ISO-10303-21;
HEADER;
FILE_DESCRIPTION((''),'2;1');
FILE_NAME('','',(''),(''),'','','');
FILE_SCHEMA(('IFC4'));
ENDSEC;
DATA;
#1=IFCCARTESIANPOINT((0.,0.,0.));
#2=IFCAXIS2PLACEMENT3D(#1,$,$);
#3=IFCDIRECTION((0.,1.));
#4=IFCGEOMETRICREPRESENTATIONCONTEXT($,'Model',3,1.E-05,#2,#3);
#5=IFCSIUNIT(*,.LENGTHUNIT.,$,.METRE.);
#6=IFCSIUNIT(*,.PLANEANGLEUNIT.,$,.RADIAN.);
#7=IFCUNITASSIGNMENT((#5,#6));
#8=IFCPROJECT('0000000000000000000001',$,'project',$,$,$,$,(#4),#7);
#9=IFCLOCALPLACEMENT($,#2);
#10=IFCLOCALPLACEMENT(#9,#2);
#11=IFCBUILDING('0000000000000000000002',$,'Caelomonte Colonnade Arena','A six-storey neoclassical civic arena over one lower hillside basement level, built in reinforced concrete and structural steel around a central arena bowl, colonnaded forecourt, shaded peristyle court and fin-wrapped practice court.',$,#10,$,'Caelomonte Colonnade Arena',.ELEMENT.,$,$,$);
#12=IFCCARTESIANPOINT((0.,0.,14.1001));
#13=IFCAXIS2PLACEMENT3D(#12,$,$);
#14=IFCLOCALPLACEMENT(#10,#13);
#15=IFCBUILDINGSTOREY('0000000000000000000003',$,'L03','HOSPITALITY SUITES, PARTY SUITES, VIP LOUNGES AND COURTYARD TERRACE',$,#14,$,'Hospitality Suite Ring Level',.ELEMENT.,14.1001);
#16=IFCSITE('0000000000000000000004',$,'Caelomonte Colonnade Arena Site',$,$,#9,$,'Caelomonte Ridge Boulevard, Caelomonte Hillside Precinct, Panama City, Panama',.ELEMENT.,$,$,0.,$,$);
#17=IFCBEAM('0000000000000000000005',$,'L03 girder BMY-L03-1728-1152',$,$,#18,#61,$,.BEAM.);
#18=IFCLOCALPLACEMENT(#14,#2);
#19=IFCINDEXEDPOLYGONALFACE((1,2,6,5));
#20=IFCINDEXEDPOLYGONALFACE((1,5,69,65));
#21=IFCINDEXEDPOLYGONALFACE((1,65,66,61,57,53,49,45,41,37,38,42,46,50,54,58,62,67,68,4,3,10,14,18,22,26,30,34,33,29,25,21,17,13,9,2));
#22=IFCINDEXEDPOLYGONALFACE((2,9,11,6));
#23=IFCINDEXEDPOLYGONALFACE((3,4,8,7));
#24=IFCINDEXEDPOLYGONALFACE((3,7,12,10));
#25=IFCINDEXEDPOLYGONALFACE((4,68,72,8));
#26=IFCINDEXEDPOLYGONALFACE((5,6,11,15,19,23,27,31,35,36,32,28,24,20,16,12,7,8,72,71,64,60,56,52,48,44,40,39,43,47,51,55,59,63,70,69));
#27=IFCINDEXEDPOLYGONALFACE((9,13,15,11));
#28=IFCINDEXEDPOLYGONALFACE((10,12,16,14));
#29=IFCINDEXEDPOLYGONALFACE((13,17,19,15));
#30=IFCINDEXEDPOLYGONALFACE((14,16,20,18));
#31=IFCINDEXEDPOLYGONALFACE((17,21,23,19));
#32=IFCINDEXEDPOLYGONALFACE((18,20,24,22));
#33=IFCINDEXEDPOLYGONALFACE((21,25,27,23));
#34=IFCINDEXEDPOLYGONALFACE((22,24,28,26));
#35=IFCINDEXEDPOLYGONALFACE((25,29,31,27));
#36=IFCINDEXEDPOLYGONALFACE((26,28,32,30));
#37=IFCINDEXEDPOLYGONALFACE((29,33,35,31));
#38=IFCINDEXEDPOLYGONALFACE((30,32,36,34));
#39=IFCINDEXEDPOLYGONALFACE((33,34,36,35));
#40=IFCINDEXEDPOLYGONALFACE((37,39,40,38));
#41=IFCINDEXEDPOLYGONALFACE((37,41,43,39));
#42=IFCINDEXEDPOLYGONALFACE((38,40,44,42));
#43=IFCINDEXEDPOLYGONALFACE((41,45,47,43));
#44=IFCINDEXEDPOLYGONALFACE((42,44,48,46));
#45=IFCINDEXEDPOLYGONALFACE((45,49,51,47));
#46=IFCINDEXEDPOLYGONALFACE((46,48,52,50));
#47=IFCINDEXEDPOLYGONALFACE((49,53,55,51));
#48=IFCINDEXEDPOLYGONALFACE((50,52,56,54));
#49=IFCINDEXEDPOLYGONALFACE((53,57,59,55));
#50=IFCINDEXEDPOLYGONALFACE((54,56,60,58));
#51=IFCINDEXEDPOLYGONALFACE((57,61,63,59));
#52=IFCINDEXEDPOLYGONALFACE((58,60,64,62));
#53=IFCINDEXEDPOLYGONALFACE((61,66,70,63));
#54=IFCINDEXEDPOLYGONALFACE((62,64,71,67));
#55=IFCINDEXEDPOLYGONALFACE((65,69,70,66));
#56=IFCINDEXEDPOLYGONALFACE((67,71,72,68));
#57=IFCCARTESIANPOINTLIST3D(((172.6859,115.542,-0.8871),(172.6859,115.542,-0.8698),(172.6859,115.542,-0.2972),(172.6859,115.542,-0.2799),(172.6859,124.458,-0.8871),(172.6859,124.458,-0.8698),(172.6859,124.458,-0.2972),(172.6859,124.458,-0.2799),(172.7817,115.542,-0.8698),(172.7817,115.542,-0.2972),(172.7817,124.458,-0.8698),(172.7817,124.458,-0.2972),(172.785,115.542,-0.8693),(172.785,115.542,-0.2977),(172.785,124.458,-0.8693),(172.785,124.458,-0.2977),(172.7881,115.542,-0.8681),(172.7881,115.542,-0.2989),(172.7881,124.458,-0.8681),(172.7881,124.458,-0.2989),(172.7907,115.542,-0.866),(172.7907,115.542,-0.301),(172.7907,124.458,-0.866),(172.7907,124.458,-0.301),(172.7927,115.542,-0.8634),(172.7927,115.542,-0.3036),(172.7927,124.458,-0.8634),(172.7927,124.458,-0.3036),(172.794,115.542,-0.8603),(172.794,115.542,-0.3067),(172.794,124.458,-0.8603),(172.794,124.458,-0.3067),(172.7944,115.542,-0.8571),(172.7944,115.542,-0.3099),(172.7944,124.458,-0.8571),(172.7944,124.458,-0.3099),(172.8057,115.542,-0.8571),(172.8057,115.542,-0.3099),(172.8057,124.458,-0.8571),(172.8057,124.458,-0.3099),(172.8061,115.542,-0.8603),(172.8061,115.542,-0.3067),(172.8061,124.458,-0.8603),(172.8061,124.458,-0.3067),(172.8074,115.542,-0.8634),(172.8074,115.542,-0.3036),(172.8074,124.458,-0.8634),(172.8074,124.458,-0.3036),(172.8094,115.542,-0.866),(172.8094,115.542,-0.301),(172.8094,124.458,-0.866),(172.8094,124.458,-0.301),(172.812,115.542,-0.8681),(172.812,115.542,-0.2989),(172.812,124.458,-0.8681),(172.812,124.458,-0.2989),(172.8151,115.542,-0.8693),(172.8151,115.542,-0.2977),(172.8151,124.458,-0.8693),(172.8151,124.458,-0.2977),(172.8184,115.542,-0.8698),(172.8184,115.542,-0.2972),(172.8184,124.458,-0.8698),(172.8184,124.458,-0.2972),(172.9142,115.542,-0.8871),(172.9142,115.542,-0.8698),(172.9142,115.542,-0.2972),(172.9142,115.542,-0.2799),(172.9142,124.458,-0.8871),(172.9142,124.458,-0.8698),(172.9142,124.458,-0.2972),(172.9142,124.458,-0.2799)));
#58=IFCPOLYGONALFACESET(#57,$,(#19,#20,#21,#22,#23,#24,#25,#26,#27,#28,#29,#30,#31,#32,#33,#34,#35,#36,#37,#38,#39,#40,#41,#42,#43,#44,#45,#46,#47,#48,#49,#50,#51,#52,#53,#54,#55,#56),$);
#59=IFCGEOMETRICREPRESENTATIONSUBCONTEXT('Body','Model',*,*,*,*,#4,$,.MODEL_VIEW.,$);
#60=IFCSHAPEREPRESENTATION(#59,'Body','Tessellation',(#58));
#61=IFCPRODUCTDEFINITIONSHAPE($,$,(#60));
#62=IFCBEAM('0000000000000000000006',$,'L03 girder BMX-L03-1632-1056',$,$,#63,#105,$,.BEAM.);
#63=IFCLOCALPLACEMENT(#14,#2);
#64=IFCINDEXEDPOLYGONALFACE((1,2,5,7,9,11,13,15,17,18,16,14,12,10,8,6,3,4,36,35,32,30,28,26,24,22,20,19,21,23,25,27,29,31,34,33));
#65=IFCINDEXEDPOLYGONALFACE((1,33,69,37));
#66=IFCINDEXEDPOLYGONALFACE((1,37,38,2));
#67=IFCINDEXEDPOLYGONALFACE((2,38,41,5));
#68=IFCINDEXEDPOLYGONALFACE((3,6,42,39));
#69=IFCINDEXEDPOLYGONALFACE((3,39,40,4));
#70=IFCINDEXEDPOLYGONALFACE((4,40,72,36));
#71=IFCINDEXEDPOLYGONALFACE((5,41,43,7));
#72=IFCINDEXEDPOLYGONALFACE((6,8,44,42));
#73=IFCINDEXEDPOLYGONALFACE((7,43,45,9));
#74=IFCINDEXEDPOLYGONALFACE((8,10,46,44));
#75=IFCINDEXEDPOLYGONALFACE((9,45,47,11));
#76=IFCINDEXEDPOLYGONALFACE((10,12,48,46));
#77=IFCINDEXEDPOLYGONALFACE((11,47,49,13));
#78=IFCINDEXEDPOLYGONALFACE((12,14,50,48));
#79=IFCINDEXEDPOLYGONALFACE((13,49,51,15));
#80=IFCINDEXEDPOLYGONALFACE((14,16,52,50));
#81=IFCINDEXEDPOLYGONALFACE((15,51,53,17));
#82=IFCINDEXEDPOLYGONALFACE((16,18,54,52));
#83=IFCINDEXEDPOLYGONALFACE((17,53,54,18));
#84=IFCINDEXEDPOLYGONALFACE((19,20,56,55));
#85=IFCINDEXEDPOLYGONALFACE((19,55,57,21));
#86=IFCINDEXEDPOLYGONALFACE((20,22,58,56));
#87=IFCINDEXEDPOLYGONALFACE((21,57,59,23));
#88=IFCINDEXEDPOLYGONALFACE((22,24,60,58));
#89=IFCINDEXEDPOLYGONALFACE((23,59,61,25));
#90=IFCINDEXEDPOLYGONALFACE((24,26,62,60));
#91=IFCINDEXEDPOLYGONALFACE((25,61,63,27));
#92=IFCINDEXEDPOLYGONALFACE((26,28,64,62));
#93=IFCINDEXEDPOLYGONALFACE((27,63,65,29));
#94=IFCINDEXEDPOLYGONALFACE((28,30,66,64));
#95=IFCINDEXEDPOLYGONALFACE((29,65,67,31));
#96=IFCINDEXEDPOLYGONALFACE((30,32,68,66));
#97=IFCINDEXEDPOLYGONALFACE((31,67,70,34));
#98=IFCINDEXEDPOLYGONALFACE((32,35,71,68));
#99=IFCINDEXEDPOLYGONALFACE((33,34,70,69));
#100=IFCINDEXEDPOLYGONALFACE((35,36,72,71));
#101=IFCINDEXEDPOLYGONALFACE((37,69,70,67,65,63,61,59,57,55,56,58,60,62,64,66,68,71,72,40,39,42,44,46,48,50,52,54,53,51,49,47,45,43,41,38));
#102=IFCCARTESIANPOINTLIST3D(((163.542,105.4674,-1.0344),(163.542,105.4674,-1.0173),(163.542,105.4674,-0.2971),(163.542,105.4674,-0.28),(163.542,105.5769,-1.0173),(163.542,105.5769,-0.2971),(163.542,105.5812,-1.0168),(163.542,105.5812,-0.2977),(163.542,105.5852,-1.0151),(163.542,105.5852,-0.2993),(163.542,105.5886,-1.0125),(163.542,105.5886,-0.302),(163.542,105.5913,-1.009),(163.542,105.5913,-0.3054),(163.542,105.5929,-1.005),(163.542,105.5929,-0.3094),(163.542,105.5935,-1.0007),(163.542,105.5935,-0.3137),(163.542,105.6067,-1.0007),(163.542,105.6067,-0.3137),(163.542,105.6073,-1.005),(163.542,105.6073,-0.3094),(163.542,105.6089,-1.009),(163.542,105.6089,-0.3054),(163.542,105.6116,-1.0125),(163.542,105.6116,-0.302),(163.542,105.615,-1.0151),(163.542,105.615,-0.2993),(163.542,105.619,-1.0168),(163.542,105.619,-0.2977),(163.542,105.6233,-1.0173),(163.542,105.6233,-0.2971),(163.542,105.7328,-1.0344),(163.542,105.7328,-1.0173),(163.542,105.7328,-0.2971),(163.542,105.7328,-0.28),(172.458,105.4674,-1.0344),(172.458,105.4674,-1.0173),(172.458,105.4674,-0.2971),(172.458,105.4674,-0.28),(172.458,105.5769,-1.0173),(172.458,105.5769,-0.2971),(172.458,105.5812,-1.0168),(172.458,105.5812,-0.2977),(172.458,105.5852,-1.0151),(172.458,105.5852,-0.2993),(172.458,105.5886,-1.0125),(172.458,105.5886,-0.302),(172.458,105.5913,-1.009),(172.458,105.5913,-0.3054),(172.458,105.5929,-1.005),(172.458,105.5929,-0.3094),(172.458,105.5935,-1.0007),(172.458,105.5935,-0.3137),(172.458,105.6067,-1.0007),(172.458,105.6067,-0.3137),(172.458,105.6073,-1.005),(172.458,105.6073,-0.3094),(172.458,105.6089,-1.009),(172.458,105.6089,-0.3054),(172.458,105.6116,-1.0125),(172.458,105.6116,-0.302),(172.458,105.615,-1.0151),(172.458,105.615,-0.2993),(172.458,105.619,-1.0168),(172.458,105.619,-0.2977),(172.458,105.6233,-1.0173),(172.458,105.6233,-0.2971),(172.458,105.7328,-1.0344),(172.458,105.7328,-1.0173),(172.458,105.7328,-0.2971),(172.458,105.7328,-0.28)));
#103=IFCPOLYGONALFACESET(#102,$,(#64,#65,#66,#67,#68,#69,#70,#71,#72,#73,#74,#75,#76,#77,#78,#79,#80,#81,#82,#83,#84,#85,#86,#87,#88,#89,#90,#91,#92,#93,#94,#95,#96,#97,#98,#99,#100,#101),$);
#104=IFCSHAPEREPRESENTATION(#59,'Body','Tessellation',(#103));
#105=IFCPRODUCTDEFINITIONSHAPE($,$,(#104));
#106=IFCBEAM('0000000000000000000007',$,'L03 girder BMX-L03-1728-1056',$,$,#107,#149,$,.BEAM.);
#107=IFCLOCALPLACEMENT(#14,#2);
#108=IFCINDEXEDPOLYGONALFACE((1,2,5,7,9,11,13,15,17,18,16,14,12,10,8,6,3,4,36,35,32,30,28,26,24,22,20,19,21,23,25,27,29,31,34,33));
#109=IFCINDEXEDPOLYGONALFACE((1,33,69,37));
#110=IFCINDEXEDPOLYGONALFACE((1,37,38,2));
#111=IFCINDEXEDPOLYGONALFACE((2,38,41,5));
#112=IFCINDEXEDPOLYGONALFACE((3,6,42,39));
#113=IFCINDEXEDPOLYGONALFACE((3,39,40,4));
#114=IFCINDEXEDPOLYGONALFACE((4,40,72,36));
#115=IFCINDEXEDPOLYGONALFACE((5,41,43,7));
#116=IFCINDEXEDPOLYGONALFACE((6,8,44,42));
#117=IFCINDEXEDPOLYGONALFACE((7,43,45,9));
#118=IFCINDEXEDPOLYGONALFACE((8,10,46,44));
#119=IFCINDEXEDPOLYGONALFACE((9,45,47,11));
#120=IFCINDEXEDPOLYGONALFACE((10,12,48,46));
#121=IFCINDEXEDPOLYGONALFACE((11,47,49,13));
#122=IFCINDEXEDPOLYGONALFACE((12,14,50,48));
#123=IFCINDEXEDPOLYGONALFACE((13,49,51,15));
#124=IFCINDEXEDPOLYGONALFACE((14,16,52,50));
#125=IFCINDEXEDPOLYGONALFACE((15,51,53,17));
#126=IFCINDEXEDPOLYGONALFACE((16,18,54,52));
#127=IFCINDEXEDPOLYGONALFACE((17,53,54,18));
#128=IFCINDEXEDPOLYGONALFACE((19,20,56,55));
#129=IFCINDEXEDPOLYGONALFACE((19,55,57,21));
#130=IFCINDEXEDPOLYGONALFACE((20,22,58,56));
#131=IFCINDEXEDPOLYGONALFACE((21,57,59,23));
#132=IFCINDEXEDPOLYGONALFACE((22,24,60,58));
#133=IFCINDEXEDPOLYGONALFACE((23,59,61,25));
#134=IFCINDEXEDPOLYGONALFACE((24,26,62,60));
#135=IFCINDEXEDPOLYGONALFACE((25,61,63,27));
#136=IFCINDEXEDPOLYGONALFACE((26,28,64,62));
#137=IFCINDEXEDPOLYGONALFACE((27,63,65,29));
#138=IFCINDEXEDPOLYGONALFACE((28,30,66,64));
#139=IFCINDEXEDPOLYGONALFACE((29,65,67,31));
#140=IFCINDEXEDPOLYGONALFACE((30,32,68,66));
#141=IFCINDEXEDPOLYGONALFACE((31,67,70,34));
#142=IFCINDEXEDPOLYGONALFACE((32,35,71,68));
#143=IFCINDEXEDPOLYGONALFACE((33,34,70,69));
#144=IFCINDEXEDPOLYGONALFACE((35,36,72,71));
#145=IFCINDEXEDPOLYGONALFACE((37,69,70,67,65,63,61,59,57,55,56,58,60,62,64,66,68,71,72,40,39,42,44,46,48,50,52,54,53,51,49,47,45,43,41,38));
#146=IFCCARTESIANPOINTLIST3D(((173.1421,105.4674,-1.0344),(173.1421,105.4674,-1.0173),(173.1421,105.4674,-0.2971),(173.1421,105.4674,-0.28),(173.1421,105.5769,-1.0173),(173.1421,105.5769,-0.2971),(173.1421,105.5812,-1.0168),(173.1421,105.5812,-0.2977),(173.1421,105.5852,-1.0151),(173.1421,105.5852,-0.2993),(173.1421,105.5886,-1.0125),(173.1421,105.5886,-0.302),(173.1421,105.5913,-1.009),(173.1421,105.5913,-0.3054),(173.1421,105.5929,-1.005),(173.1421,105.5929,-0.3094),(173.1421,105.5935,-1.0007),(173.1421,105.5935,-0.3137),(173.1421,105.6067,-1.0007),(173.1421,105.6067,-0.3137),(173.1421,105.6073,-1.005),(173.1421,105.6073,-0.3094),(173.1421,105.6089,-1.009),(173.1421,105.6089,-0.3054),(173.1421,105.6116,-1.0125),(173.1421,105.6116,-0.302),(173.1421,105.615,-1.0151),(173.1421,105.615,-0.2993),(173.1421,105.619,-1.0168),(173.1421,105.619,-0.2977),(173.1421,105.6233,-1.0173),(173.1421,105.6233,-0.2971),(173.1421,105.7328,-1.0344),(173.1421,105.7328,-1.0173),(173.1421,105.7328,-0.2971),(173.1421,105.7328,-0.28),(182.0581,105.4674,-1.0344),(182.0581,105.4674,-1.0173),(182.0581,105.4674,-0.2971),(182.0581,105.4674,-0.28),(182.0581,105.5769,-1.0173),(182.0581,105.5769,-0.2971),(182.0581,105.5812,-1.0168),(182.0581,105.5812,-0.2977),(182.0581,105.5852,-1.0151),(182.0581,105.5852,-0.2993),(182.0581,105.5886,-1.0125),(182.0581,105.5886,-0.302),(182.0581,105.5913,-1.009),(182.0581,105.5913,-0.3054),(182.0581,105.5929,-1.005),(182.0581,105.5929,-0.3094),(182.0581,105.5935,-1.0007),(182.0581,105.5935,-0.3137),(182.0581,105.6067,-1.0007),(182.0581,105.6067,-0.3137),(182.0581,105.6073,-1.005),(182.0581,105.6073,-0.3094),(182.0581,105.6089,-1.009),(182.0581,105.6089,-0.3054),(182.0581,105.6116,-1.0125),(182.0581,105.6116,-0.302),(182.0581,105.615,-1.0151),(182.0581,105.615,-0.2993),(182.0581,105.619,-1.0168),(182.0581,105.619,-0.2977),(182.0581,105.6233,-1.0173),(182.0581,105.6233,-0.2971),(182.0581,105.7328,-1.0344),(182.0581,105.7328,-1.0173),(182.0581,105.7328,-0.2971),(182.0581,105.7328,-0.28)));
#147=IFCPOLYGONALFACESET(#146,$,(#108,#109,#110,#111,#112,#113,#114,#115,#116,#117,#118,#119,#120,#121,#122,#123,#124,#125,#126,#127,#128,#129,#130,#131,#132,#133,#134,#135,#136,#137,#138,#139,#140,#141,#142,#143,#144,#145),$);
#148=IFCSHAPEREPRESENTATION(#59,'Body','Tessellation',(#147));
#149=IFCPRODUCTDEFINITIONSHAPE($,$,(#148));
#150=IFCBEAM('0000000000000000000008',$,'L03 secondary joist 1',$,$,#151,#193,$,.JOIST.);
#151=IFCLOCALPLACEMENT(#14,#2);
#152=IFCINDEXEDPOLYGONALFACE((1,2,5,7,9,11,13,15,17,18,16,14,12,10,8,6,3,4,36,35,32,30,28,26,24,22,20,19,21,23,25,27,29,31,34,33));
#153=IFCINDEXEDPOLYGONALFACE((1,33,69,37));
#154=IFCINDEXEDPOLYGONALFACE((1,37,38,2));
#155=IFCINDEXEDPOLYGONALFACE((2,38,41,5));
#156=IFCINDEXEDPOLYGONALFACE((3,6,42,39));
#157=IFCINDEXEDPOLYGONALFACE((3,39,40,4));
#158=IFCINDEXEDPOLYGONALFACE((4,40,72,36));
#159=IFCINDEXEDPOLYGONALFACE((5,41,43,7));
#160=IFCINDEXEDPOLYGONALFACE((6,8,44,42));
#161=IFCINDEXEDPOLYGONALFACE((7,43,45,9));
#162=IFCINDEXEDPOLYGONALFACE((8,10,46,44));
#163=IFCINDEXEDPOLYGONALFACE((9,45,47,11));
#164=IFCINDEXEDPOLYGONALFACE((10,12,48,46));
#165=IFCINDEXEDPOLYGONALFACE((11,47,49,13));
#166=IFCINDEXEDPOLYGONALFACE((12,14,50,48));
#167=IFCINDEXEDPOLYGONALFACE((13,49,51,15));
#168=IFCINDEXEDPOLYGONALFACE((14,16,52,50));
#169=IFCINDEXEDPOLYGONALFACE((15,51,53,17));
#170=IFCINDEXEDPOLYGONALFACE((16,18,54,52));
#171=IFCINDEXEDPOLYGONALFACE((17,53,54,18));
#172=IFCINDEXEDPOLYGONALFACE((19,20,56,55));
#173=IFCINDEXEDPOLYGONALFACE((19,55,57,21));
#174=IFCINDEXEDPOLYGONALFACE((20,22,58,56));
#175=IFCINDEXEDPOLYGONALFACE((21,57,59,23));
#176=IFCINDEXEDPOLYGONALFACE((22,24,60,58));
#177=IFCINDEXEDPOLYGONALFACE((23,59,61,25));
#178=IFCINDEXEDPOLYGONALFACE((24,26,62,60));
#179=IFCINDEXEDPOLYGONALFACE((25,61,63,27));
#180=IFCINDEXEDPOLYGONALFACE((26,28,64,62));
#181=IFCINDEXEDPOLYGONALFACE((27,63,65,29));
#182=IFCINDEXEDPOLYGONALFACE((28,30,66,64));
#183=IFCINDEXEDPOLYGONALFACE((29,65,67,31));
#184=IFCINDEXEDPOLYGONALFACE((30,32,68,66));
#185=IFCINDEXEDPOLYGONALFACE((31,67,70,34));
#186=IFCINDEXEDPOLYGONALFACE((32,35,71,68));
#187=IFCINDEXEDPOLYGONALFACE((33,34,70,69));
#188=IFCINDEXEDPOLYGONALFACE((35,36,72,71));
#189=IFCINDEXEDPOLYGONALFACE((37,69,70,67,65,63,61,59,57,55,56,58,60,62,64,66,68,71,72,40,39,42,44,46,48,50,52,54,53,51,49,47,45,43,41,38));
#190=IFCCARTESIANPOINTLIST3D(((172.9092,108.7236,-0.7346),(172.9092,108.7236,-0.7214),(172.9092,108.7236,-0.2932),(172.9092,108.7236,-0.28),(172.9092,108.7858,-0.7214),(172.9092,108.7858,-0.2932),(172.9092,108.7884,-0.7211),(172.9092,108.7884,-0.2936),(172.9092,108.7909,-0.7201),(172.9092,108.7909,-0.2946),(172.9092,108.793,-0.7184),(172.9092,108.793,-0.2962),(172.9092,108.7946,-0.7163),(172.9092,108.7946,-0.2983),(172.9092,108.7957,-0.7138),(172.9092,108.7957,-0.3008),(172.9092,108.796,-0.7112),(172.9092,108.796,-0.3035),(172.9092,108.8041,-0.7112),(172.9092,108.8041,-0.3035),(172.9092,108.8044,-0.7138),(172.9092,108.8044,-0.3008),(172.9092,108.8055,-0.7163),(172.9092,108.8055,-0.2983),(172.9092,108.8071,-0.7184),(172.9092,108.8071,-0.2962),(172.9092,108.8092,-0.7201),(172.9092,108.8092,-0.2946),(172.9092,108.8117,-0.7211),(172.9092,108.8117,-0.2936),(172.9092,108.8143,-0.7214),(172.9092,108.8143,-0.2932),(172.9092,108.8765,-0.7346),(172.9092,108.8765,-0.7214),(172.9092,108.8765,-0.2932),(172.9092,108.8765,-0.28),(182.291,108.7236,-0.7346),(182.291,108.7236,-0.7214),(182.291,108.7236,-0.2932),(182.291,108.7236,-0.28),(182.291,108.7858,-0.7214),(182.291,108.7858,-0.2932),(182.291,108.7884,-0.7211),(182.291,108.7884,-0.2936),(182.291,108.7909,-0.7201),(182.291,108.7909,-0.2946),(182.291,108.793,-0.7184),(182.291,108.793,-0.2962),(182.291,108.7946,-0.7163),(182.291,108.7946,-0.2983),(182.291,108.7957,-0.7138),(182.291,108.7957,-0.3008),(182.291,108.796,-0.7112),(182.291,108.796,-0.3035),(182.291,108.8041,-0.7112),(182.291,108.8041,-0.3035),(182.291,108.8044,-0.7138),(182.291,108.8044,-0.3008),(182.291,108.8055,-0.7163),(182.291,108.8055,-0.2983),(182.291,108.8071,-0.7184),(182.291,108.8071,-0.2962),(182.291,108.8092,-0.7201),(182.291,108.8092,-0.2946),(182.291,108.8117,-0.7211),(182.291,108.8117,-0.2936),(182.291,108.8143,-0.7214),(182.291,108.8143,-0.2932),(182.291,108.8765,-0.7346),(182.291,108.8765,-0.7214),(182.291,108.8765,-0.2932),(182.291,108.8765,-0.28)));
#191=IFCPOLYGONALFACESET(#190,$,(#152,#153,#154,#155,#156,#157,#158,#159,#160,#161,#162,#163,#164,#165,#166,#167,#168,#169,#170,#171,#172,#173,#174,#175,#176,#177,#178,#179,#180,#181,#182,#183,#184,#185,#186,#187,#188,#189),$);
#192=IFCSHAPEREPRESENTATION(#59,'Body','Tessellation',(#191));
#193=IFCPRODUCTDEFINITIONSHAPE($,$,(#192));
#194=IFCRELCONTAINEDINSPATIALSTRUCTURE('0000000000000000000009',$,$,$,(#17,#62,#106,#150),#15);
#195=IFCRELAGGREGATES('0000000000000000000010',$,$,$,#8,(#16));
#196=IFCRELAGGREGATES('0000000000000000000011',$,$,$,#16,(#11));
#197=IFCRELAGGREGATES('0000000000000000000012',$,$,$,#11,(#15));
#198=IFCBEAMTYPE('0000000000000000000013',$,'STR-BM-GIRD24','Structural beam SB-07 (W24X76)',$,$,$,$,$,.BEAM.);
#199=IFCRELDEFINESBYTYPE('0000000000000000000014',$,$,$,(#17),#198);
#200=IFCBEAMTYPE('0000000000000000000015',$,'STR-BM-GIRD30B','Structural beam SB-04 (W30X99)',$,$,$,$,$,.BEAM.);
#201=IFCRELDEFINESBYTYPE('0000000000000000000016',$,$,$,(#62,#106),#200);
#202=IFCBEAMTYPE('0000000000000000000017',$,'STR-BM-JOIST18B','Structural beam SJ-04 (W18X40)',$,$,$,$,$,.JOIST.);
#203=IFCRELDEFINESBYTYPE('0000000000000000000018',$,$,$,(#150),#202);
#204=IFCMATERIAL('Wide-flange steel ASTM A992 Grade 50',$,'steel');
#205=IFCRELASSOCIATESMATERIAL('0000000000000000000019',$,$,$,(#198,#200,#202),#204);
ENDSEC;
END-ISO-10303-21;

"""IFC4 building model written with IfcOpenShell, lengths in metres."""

from ifc_helpers import new_model, si_unit, direction, frame, origin, origin_2d, place, context, subcontext, project, spatial, i_section, extrude, material, material_profile, profile_set, type_object, element, save


model = new_model("IFC4")

# Units and contexts
model_context = context("Model", 3, precision=1e-05, world=origin(), true_north=direction((0.0, 1.0)))
body_context = subcontext(model_context, "Body", "Model", "MODEL_VIEW")
ifc_project = project(units=[si_unit("LENGTHUNIT", "METRE"), si_unit("PLANEANGLEUNIT", "RADIAN")], contexts=[model_context])

# Site, building, storey
site_placement = place(None, origin())
site = spatial("IfcSite", under=ifc_project, at=site_placement, Name="Caelomonte Colonnade Arena Site", LongName="Caelomonte Ridge Boulevard, Caelomonte Hillside Precinct, Panama City, Panama", CompositionType="ELEMENT", RefElevation=0.0)
building_placement = place(site_placement, origin())
building = spatial("IfcBuilding", under=site, at=building_placement, Name="Caelomonte Colonnade Arena", Description="A six-storey neoclassical civic arena over one lower hillside basement level, built in reinforced concrete and structural steel around a central arena bowl, colonnaded forecourt, shaded peristyle court and fin-wrapped practice court.", LongName="Caelomonte Colonnade Arena", CompositionType="ELEMENT")
storey_placement = place(building_placement, frame((0.0, 0.0, 14.1001)))
storey = spatial("IfcBuildingStorey", under=building, at=storey_placement, Name="L03", Description="HOSPITALITY SUITES, PARTY SUITES, VIP LOUNGES AND COURTYARD TERRACE", LongName="Hospitality Suite Ring Level", CompositionType="ELEMENT", Elevation=14.1001)

# Beams
ifc_material_1 = material(Name="Wide-flange steel ASTM A992 Grade 50", Category="steel")
ifc_material_profile_1 = material_profile(ifc_material_1, i_section(OverallWidth=0.2283, OverallDepth=0.6072, WebThickness=0.0112, FlangeThickness=0.0173, FilletRadius=0.0127, at=origin_2d()), Name="W24X76")
ifc_profile_set_1 = profile_set([ifc_material_profile_1], Name="Wide-flange steel ASTM A992 Grade 50")
beam_type_1 = type_object("IfcBeamType", Name="STR-BM-GIRD24", Description="Structural beam SB-07 (W24X76)", PredefinedType="BEAM", material=ifc_profile_set_1)
for number, where, z_axis, x_axis, name in (
    (1, (172.8, 115.542, -0.5835), (0.0, 1.0, 0.0), (-1.0, 0.0, 0.0), "L03 girder BMY-L03-1728-1152"),
):
    element("IfcBeam", number, at=place(storey_placement, frame(where, z_axis=z_axis, x_axis=x_axis)), inside=storey, type_object=beam_type_1, Name=name, PredefinedType="BEAM", context=body_context, shape_type="SweptSolid", body=[
        extrude(i_section(OverallWidth=0.2283, OverallDepth=0.6072, WebThickness=0.0112, FlangeThickness=0.0173, FilletRadius=0.0127, at=origin_2d()), origin(), (0.0, 0.0, 1.0), 8.916),
    ])
ifc_material_profile_2 = material_profile(ifc_material_1, i_section(OverallWidth=0.2654, OverallDepth=0.7544, WebThickness=0.0132, FlangeThickness=0.0171, FilletRadius=0.0166, at=origin_2d()), Name="W30X99")
ifc_profile_set_2 = profile_set([ifc_material_profile_2], Name="Wide-flange steel ASTM A992 Grade 50")
beam_type_2 = type_object("IfcBeamType", Name="STR-BM-GIRD30B", Description="Structural beam SB-04 (W30X99)", PredefinedType="BEAM", material=ifc_profile_set_2)
for number, where, z_axis, x_axis, name in (
    (2, (163.542, 105.6001, -0.6572), (1.0, 0.0, 0.0), (0.0, 1.0, 0.0), "L03 girder BMX-L03-1632-1056"),
    (3, (173.1421, 105.6001, -0.6572), (1.0, 0.0, 0.0), (0.0, 1.0, 0.0), "L03 girder BMX-L03-1728-1056"),
):
    element("IfcBeam", number, at=place(storey_placement, frame(where, z_axis=z_axis, x_axis=x_axis)), inside=storey, type_object=beam_type_2, Name=name, PredefinedType="BEAM", context=body_context, shape_type="SweptSolid", body=[
        extrude(i_section(OverallWidth=0.2654, OverallDepth=0.7544, WebThickness=0.0132, FlangeThickness=0.0171, FilletRadius=0.0166, at=origin_2d()), origin(), (0.0, 0.0, 1.0), 8.916),
    ])
ifc_material_profile_3 = material_profile(ifc_material_1, i_section(OverallWidth=0.1528, OverallDepth=0.4546, WebThickness=0.0081, FlangeThickness=0.0132, FilletRadius=0.0103, at=origin_2d()), Name="W18X40")
ifc_profile_set_3 = profile_set([ifc_material_profile_3], Name="Wide-flange steel ASTM A992 Grade 50")
beam_type_3 = type_object("IfcBeamType", Name="STR-BM-JOIST18B", Description="Structural beam SJ-04 (W18X40)", PredefinedType="JOIST", material=ifc_profile_set_3)
for number, where, z_axis, x_axis, name in (
    (4, (172.9092, 108.8, -0.5073), (1.0, 0.0, 0.0), (0.0, 1.0, 0.0), "L03 secondary joist 1"),
):
    element("IfcBeam", number, at=place(storey_placement, frame(where, z_axis=z_axis, x_axis=x_axis)), inside=storey, type_object=beam_type_3, Name=name, PredefinedType="JOIST", context=body_context, shape_type="SweptSolid", body=[
        extrude(i_section(OverallWidth=0.1528, OverallDepth=0.4546, WebThickness=0.0081, FlangeThickness=0.0132, FilletRadius=0.0103, at=origin_2d()), origin(), (0.0, 0.0, 1.0), 9.3818),
    ])

save(model, "model.ifc")
